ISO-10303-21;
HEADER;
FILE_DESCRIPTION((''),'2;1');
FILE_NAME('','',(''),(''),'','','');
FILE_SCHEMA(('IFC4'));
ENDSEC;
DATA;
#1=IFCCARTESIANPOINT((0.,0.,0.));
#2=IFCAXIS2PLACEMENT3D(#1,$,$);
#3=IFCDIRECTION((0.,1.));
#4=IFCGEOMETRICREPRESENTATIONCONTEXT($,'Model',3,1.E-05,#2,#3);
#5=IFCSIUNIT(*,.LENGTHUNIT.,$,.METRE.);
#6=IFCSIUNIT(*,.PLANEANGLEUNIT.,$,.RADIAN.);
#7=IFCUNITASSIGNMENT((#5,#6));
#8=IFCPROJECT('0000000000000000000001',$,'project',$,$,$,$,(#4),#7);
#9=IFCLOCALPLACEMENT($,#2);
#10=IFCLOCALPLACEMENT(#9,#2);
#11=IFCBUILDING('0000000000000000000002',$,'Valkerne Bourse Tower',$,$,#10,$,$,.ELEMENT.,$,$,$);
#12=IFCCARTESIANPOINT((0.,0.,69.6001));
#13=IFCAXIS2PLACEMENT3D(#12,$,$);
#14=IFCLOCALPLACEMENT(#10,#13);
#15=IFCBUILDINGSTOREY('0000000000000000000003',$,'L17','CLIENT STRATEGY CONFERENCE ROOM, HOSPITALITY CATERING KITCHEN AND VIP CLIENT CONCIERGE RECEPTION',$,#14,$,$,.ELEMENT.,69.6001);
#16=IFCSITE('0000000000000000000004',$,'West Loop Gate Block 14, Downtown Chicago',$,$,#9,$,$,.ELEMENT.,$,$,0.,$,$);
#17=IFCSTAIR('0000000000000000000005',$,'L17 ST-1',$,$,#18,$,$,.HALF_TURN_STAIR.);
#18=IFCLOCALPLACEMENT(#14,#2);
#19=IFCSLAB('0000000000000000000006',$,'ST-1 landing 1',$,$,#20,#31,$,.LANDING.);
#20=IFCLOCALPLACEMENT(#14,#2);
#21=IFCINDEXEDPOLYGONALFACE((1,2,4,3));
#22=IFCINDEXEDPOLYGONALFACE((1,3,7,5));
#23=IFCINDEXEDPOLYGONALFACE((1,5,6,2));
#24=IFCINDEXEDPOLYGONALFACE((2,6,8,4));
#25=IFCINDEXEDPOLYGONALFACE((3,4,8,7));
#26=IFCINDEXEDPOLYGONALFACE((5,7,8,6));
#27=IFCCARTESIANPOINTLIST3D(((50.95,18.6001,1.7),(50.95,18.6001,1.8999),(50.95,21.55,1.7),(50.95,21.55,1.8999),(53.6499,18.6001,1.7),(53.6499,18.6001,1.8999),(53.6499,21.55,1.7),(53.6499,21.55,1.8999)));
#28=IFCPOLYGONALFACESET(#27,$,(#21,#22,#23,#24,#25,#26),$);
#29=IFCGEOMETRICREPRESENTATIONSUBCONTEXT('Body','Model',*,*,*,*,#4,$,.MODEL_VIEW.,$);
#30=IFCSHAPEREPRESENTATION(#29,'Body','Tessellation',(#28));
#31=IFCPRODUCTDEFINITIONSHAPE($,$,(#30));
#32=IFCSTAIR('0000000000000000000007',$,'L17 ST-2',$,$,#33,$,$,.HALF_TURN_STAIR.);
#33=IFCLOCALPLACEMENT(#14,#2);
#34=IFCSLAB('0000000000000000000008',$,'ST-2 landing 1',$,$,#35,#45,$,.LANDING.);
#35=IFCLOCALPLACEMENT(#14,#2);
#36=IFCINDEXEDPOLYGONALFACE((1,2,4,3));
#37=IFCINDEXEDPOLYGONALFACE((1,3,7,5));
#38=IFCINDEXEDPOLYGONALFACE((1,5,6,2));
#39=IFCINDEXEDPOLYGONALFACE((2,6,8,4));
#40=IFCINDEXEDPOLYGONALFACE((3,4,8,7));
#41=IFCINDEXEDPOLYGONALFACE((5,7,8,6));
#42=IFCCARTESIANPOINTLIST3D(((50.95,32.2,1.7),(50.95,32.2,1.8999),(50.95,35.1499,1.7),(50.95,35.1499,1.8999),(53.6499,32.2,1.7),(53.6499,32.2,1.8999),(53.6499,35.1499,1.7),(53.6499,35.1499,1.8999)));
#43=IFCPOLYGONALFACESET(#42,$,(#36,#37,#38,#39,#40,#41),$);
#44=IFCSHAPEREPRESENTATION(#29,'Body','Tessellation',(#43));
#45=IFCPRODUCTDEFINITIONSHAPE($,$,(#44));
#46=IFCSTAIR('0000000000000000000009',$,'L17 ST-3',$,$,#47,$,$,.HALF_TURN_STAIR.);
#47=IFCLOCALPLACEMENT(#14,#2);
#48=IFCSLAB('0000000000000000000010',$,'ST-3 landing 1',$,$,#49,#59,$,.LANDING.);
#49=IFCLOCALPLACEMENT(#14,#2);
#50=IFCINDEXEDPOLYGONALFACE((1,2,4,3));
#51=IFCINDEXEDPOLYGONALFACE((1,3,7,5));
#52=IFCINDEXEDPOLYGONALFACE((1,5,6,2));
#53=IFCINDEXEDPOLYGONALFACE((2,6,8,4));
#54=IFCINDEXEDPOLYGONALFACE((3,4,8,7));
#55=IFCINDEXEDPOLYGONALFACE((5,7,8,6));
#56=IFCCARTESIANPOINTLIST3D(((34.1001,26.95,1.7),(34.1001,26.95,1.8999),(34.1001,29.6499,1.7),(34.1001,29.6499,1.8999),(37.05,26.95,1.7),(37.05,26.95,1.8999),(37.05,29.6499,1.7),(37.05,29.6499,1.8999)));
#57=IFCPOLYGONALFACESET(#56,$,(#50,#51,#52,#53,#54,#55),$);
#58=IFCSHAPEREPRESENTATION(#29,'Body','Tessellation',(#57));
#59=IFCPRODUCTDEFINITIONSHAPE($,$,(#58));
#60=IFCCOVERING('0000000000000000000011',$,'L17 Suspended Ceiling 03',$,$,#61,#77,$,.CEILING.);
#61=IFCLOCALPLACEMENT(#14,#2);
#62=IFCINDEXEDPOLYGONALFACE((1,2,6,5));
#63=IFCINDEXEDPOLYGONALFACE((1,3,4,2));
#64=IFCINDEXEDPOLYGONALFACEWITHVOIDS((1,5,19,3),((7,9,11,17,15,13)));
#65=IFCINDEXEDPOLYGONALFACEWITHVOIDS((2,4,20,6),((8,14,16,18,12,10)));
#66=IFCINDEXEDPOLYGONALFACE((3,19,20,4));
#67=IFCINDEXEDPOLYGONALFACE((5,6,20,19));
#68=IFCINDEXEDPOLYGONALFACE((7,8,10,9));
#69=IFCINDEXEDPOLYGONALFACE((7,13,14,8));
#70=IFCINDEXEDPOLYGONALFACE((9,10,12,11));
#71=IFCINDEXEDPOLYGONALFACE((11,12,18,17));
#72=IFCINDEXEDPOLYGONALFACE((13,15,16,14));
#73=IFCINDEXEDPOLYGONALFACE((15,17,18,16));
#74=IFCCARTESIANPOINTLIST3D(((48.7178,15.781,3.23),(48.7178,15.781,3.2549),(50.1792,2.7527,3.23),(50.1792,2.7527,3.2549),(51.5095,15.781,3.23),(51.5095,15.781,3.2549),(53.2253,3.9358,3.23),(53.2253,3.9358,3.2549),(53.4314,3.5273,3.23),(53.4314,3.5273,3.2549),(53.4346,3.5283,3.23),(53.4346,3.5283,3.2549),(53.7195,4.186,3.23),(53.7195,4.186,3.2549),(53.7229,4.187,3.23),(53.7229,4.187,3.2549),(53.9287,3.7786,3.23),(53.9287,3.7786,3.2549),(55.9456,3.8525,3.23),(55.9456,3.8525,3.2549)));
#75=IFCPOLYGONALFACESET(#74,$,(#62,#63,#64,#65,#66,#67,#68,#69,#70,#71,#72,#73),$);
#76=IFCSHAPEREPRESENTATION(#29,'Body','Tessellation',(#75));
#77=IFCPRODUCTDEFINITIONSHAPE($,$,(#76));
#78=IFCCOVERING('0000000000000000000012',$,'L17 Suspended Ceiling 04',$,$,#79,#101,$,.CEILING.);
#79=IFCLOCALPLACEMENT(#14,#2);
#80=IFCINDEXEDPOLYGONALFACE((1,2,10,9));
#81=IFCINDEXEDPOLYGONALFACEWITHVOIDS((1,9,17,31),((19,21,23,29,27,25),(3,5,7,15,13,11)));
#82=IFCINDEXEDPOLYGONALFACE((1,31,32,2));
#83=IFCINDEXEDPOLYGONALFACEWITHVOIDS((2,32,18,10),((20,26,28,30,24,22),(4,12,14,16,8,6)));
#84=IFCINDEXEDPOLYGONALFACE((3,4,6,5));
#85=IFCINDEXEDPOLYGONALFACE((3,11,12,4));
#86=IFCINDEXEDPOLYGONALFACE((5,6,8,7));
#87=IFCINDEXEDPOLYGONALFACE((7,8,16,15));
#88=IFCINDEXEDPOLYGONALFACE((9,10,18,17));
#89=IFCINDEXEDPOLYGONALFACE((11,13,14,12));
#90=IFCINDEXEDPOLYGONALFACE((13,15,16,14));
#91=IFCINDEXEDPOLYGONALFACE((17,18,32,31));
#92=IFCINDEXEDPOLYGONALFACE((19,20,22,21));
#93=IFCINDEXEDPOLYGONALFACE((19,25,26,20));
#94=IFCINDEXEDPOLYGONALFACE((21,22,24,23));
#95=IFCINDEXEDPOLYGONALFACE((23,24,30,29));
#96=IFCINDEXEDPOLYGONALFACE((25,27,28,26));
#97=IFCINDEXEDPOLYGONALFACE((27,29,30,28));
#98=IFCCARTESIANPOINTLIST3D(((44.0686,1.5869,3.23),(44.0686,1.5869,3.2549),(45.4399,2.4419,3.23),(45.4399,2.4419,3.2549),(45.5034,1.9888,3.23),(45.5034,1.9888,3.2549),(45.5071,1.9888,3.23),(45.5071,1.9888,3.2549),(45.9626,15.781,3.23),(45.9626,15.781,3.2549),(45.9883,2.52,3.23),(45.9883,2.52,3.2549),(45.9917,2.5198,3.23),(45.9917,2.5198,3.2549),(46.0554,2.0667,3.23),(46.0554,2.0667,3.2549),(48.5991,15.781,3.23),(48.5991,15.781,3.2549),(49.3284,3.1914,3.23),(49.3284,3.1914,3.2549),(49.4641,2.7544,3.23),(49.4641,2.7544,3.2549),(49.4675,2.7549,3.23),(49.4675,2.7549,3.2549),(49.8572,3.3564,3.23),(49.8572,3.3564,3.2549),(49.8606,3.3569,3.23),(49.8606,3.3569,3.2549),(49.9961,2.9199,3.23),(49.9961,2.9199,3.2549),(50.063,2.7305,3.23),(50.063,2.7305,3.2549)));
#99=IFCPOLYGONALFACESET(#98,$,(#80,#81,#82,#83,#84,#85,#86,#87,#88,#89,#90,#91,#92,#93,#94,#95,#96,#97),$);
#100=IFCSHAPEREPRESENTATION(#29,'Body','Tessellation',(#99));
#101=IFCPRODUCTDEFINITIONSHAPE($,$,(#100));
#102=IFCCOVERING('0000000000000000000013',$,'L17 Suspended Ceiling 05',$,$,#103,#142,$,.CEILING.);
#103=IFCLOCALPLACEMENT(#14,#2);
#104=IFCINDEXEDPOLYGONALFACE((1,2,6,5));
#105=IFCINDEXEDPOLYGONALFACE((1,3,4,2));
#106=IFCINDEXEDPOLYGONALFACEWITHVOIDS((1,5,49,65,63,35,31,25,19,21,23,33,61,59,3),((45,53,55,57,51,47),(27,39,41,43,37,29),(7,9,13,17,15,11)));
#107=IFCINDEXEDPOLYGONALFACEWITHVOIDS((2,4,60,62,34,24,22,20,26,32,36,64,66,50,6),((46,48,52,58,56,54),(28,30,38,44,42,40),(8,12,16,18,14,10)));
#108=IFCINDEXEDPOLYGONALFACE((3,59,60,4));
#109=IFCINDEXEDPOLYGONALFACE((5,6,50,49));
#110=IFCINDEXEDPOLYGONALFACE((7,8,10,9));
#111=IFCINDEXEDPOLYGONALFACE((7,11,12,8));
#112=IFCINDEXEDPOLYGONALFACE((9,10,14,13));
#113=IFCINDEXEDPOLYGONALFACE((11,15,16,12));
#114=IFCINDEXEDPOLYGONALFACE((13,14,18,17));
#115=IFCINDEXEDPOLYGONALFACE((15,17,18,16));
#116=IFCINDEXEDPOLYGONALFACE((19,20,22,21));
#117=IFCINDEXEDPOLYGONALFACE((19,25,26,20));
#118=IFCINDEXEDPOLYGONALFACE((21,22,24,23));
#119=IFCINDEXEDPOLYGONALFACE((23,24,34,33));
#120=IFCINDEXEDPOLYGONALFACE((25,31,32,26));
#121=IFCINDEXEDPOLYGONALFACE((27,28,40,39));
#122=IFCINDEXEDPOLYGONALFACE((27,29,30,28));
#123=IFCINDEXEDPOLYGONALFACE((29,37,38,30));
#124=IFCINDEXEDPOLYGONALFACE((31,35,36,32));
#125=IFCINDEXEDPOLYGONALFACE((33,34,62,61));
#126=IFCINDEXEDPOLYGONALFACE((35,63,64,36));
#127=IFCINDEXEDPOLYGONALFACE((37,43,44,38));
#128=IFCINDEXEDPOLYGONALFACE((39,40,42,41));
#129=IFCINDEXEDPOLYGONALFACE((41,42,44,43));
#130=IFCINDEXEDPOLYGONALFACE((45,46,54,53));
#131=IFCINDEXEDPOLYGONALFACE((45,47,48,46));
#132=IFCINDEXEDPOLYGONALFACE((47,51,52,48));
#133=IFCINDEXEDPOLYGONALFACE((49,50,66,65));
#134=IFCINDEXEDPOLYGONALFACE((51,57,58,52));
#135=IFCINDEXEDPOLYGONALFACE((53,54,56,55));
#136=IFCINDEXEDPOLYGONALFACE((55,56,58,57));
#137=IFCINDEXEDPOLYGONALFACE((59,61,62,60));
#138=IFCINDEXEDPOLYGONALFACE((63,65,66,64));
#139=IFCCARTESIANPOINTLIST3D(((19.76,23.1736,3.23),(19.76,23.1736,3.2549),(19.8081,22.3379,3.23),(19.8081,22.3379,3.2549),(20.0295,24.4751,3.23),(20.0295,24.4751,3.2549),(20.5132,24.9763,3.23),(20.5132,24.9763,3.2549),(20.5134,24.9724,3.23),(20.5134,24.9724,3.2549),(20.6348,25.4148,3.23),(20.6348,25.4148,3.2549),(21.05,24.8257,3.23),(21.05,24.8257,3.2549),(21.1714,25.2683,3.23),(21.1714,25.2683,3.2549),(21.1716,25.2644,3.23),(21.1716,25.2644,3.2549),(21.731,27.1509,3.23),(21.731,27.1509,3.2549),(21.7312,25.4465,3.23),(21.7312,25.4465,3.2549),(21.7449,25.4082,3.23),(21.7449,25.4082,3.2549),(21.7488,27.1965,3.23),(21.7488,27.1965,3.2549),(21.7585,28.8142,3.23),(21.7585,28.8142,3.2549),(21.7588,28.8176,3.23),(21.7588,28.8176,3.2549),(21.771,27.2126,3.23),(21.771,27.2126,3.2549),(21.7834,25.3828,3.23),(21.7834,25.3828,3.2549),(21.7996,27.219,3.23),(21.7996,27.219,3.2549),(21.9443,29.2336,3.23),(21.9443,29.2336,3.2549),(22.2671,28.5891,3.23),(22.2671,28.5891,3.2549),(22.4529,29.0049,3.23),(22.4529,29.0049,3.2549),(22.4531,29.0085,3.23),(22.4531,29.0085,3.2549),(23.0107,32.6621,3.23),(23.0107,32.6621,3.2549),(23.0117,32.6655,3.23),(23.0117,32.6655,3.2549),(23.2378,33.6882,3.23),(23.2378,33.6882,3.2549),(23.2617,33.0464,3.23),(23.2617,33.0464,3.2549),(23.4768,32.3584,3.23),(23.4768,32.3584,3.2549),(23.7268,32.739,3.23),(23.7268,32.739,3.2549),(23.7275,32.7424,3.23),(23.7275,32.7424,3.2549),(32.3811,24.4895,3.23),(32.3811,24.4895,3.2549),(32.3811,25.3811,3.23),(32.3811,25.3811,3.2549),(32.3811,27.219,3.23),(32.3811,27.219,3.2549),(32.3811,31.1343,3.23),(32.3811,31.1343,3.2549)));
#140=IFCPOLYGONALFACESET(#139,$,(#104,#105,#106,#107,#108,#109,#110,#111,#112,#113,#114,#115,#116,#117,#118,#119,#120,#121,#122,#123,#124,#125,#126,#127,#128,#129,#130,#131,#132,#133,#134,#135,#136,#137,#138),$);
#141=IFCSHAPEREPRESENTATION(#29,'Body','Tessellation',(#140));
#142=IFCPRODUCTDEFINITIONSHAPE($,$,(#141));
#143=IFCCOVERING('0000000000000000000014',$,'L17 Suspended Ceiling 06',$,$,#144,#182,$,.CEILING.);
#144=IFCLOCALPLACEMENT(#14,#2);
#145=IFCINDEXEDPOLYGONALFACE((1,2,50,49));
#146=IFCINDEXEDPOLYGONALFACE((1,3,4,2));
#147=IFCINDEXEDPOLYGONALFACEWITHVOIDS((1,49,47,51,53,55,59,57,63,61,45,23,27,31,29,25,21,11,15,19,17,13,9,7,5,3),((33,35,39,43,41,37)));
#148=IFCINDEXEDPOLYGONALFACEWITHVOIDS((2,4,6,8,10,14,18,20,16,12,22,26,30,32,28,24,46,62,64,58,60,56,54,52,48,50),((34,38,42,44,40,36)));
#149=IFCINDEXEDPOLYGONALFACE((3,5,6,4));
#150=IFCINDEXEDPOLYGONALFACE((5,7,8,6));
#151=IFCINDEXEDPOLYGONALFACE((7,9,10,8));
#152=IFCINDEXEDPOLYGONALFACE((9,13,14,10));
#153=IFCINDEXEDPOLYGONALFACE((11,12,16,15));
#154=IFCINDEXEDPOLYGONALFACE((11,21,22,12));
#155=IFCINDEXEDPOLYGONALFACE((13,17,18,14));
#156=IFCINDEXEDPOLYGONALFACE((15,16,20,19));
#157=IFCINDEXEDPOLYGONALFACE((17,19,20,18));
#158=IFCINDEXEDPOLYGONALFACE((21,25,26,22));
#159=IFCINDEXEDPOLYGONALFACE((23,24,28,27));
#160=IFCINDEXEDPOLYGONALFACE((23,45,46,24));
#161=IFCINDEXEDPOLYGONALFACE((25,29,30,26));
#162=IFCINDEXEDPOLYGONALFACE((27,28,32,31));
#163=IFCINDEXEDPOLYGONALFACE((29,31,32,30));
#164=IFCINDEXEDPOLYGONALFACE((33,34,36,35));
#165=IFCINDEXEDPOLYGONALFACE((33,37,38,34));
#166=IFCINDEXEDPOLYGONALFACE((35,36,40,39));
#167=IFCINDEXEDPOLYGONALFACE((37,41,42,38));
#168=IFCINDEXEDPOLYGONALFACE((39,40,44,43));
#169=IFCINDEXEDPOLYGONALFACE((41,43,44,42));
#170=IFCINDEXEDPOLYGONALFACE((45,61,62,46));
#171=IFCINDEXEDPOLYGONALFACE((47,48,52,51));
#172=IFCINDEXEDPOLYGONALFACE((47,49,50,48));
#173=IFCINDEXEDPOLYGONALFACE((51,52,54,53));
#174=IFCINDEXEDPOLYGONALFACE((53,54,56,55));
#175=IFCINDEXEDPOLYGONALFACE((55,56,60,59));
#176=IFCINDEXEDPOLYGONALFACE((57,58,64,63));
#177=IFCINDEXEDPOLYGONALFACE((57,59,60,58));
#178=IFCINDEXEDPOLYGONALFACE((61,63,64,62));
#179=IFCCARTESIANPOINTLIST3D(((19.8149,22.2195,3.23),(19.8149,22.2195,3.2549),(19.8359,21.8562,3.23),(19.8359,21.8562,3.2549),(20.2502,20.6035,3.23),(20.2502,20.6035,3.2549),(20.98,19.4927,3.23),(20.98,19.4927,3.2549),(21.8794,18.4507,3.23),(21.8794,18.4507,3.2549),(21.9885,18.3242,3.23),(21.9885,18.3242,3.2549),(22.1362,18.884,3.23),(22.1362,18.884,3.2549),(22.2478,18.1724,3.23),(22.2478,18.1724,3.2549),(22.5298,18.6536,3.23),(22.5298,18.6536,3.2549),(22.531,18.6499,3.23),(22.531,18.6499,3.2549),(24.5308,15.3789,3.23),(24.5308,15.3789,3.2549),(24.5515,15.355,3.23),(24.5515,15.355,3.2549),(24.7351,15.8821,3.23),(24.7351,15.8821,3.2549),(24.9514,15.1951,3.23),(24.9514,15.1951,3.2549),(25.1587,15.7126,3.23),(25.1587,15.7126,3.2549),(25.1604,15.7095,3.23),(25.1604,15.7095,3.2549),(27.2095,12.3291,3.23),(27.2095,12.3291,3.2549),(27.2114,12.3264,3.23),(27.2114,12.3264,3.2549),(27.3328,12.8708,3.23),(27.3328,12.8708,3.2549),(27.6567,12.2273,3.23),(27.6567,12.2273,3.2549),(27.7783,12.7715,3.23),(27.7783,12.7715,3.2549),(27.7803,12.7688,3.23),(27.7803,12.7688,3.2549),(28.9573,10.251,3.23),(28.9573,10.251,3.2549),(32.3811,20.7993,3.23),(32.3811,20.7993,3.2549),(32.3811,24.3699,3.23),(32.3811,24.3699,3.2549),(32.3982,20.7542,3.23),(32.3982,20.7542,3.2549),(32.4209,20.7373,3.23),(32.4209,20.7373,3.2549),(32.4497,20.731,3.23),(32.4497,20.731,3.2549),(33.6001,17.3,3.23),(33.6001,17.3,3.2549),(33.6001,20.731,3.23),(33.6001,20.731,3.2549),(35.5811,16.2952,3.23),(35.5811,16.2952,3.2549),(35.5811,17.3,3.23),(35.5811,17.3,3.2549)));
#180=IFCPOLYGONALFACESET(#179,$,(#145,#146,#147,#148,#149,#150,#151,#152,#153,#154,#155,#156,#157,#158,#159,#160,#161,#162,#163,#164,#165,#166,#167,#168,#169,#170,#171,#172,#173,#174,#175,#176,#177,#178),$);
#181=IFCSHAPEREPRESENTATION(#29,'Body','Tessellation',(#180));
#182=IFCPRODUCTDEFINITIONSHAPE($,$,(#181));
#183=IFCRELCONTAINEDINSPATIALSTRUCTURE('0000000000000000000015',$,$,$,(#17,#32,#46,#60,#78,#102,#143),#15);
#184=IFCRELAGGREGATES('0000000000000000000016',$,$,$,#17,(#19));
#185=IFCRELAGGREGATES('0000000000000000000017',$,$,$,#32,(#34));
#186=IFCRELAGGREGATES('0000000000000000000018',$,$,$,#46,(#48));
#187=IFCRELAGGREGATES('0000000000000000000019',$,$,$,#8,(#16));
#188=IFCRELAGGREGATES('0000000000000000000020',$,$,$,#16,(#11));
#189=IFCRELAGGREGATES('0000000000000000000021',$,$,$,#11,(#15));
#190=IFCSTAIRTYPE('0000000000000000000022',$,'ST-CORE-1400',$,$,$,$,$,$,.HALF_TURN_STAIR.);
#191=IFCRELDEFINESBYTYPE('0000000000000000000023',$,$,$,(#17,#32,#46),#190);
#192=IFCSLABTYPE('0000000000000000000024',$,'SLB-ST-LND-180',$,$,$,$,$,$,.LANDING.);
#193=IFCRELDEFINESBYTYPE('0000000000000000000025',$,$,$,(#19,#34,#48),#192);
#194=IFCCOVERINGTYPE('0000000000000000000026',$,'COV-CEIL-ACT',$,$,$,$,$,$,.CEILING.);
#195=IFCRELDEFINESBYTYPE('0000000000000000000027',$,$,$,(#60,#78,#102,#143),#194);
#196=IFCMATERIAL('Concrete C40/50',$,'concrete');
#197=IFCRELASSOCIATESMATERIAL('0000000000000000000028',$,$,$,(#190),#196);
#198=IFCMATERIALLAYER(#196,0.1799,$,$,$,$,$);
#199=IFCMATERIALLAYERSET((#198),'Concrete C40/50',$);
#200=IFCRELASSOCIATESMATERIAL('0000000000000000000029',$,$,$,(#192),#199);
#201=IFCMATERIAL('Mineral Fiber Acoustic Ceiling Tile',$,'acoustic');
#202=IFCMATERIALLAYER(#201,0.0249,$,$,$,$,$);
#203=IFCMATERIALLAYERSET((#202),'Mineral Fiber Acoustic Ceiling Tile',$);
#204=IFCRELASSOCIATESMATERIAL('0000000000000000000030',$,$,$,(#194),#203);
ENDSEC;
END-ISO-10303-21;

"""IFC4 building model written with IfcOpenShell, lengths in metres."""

from ifc_helpers import new_model, si_unit, direction, frame, origin, place, context, subcontext, project, spatial, polyline, outline, extrude, material, layer, layer_set, type_object, element, aggregate, save


model = new_model("IFC4")

# Units and contexts
model_context = context("Model", 3, precision=1e-05, world=origin(), true_north=direction((0.0, 1.0)))
body_context = subcontext(model_context, "Body", "Model", "MODEL_VIEW")
ifc_project = project(units=[si_unit("LENGTHUNIT", "METRE"), si_unit("PLANEANGLEUNIT", "RADIAN")], contexts=[model_context])

# Site, building, storey
site_placement = place(None, origin())
site = spatial("IfcSite", under=ifc_project, at=site_placement, Name="West Loop Gate Block 14, Downtown Chicago", CompositionType="ELEMENT", RefElevation=0.0)
building_placement = place(site_placement, origin())
building = spatial("IfcBuilding", under=site, at=building_placement, Name="Valkerne Bourse Tower", CompositionType="ELEMENT")
storey_placement = place(building_placement, frame((0.0, 0.0, 69.6001)))
storey = spatial("IfcBuildingStorey", under=building, at=storey_placement, Name="L17", Description="CLIENT STRATEGY CONFERENCE ROOM, HOSPITALITY CATERING KITCHEN AND VIP CLIENT CONCIERGE RECEPTION", CompositionType="ELEMENT", Elevation=69.6001)

# Stairs, slabs
ifc_material_1 = material(Name="Concrete C40/50", Category="concrete")
stair_type = type_object("IfcStairType", Name="ST-CORE-1400", PredefinedType="HALF_TURN_STAIR", material=ifc_material_1)
stair_1_placement = place(storey_placement, origin())
stair_1 = element("IfcStair", 1, at=stair_1_placement, inside=storey, type_object=stair_type, Name="L17 ST-1", PredefinedType="HALF_TURN_STAIR")
ifc_layer_1 = layer(ifc_material_1, 0.1799)
ifc_layer_set_1 = layer_set([ifc_layer_1], Name="Concrete C40/50")
slab_type = type_object("IfcSlabType", Name="SLB-ST-LND-180", PredefinedType="LANDING", material=ifc_layer_set_1)
slab_1_placement = place(storey_placement, frame((0.0, 0.0, 1.7)))
slab_1 = element("IfcSlab", 2, at=slab_1_placement, type_object=slab_type, Name="ST-1 landing 1", PredefinedType="LANDING", context=body_context, shape_type="SweptSolid", body=[
    extrude(outline(polyline([(50.95, 18.6001), (53.6499, 18.6001), (53.6499, 21.55), (50.95, 21.55), (50.95, 18.6001)])), origin(), (0.0, 0.0, 1.0), 0.2),
])
aggregate(stair_1, [slab_1])
stair_2_placement = place(storey_placement, origin())
stair_2 = element("IfcStair", 3, at=stair_2_placement, inside=storey, type_object=stair_type, Name="L17 ST-2", PredefinedType="HALF_TURN_STAIR")
slab_2_placement = place(storey_placement, frame((0.0, 0.0, 1.7)))
slab_2 = element("IfcSlab", 4, at=slab_2_placement, type_object=slab_type, Name="ST-2 landing 1", PredefinedType="LANDING", context=body_context, shape_type="SweptSolid", body=[
    extrude(outline(polyline([(50.95, 32.2), (53.6499, 32.2), (53.6499, 35.1499), (50.95, 35.1499), (50.95, 32.2)])), origin(), (0.0, 0.0, 1.0), 0.2),
])
aggregate(stair_2, [slab_2])
stair_3_placement = place(storey_placement, origin())
stair_3 = element("IfcStair", 5, at=stair_3_placement, inside=storey, type_object=stair_type, Name="L17 ST-3", PredefinedType="HALF_TURN_STAIR")
slab_3_placement = place(storey_placement, frame((0.0, 0.0, 1.7)))
slab_3 = element("IfcSlab", 6, at=slab_3_placement, type_object=slab_type, Name="ST-3 landing 1", PredefinedType="LANDING", context=body_context, shape_type="SweptSolid", body=[
    extrude(outline(polyline([(37.05, 26.95), (37.05, 29.6499), (34.1001, 29.6499), (34.1001, 26.95), (37.05, 26.95)])), origin(), (0.0, 0.0, 1.0), 0.2),
])
aggregate(stair_3, [slab_3])

# Coverings
ifc_material_2 = material(Name="Mineral Fiber Acoustic Ceiling Tile", Category="acoustic")
ifc_layer_2 = layer(ifc_material_2, 0.0249)
ifc_layer_set_2 = layer_set([ifc_layer_2], Name="Mineral Fiber Acoustic Ceiling Tile")
covering_type_1 = type_object("IfcCoveringType", Name="COV-CEIL-ACT", PredefinedType="CEILING", material=ifc_layer_set_2)
covering_1_placement = place(storey_placement, frame((0.0, 0.0, 3.23)))
element("IfcCovering", 7, at=covering_1_placement, inside=storey, type_object=covering_type_1, Name="L17 Suspended Ceiling 03", PredefinedType="CEILING", context=body_context, shape_type="SweptSolid", body=[
    extrude(outline(polyline([(51.5095, 15.781), (55.9456, 3.8525), (50.1792, 2.7527), (48.7178, 15.781), (51.5095, 15.781)]), holes=[polyline([(53.4346, 3.5283), (53.9287, 3.7786), (53.7229, 4.187), (53.7195, 4.186), (53.2253, 3.9358), (53.4314, 3.5273), (53.4346, 3.5283)])]), origin(), (0.0, 0.0, 1.0), 0.0249),
])
covering_2_placement = place(storey_placement, frame((0.0, 0.0, 3.23)))
element("IfcCovering", 8, at=covering_2_placement, inside=storey, type_object=covering_type_1, Name="L17 Suspended Ceiling 04", PredefinedType="CEILING", context=body_context, shape_type="SweptSolid", body=[
    extrude(outline(polyline([(48.5991, 15.781), (50.063, 2.7305), (44.0686, 1.5869), (45.9626, 15.781), (48.5991, 15.781)]), holes=[polyline([(45.9917, 2.5198), (45.9883, 2.52), (45.4399, 2.4419), (45.5034, 1.9888), (45.5071, 1.9888), (46.0554, 2.0667), (45.9917, 2.5198)]), polyline([(49.4675, 2.7549), (49.9961, 2.9199), (49.8606, 3.3569), (49.8572, 3.3564), (49.3284, 3.1914), (49.4641, 2.7544), (49.4675, 2.7549)])]), origin(), (0.0, 0.0, 1.0), 0.0249),
])
covering_3_placement = place(storey_placement, frame((0.0, 0.0, 3.23)))
element("IfcCovering", 9, at=covering_3_placement, inside=storey, type_object=covering_type_1, Name="L17 Suspended Ceiling 05", PredefinedType="CEILING", context=body_context, shape_type="SweptSolid", body=[
    extrude(outline(polyline([(23.2378, 33.6882), (32.3811, 31.1343), (32.3811, 27.219), (21.7996, 27.219), (21.771, 27.2126), (21.7488, 27.1965), (21.731, 27.1509), (21.7312, 25.4465), (21.7449, 25.4082), (21.7834, 25.3828), (32.3811, 25.3811), (32.3811, 24.4895), (19.8081, 22.3379), (19.76, 23.1736), (20.0295, 24.4751), (23.2378, 33.6882)]), holes=[polyline([(21.1714, 25.2683), (20.6348, 25.4148), (20.5132, 24.9763), (20.5134, 24.9724), (21.05, 24.8257), (21.1716, 25.2644), (21.1714, 25.2683)]), polyline([(22.4529, 29.0049), (22.4531, 29.0085), (21.9443, 29.2336), (21.7588, 28.8176), (21.7585, 28.8142), (22.2671, 28.5891), (22.4529, 29.0049)]), polyline([(23.7275, 32.7424), (23.2617, 33.0464), (23.0117, 32.6655), (23.0107, 32.6621), (23.4768, 32.3584), (23.7268, 32.739), (23.7275, 32.7424)])]), origin(), (0.0, 0.0, 1.0), 0.0249),
])
covering_4_placement = place(storey_placement, frame((0.0, 0.0, 3.23)))
element("IfcCovering", 10, at=covering_4_placement, inside=storey, type_object=covering_type_1, Name="L17 Suspended Ceiling 06", PredefinedType="CEILING", context=body_context, shape_type="SweptSolid", body=[
    extrude(outline(polyline([(19.8359, 21.8562), (19.8149, 22.2195), (32.3811, 24.3699), (32.3811, 20.7993), (32.3982, 20.7542), (32.4209, 20.7373), (32.4497, 20.731), (33.6001, 20.731), (33.6001, 17.3), (35.5811, 17.3), (35.5811, 16.2952), (28.9573, 10.251), (24.5515, 15.355), (24.9514, 15.1951), (25.1604, 15.7095), (25.1587, 15.7126), (24.7351, 15.8821), (24.5308, 15.3789), (21.9885, 18.3242), (22.2478, 18.1724), (22.531, 18.6499), (22.5298, 18.6536), (22.1362, 18.884), (21.8794, 18.4507), (20.98, 19.4927), (20.2502, 20.6035), (19.8359, 21.8562)]), holes=[polyline([(27.7803, 12.7688), (27.7783, 12.7715), (27.3328, 12.8708), (27.2095, 12.3291), (27.2114, 12.3264), (27.6567, 12.2273), (27.7803, 12.7688)])]), origin(), (0.0, 0.0, 1.0), 0.0249),
])

save(model, "model.ifc")
